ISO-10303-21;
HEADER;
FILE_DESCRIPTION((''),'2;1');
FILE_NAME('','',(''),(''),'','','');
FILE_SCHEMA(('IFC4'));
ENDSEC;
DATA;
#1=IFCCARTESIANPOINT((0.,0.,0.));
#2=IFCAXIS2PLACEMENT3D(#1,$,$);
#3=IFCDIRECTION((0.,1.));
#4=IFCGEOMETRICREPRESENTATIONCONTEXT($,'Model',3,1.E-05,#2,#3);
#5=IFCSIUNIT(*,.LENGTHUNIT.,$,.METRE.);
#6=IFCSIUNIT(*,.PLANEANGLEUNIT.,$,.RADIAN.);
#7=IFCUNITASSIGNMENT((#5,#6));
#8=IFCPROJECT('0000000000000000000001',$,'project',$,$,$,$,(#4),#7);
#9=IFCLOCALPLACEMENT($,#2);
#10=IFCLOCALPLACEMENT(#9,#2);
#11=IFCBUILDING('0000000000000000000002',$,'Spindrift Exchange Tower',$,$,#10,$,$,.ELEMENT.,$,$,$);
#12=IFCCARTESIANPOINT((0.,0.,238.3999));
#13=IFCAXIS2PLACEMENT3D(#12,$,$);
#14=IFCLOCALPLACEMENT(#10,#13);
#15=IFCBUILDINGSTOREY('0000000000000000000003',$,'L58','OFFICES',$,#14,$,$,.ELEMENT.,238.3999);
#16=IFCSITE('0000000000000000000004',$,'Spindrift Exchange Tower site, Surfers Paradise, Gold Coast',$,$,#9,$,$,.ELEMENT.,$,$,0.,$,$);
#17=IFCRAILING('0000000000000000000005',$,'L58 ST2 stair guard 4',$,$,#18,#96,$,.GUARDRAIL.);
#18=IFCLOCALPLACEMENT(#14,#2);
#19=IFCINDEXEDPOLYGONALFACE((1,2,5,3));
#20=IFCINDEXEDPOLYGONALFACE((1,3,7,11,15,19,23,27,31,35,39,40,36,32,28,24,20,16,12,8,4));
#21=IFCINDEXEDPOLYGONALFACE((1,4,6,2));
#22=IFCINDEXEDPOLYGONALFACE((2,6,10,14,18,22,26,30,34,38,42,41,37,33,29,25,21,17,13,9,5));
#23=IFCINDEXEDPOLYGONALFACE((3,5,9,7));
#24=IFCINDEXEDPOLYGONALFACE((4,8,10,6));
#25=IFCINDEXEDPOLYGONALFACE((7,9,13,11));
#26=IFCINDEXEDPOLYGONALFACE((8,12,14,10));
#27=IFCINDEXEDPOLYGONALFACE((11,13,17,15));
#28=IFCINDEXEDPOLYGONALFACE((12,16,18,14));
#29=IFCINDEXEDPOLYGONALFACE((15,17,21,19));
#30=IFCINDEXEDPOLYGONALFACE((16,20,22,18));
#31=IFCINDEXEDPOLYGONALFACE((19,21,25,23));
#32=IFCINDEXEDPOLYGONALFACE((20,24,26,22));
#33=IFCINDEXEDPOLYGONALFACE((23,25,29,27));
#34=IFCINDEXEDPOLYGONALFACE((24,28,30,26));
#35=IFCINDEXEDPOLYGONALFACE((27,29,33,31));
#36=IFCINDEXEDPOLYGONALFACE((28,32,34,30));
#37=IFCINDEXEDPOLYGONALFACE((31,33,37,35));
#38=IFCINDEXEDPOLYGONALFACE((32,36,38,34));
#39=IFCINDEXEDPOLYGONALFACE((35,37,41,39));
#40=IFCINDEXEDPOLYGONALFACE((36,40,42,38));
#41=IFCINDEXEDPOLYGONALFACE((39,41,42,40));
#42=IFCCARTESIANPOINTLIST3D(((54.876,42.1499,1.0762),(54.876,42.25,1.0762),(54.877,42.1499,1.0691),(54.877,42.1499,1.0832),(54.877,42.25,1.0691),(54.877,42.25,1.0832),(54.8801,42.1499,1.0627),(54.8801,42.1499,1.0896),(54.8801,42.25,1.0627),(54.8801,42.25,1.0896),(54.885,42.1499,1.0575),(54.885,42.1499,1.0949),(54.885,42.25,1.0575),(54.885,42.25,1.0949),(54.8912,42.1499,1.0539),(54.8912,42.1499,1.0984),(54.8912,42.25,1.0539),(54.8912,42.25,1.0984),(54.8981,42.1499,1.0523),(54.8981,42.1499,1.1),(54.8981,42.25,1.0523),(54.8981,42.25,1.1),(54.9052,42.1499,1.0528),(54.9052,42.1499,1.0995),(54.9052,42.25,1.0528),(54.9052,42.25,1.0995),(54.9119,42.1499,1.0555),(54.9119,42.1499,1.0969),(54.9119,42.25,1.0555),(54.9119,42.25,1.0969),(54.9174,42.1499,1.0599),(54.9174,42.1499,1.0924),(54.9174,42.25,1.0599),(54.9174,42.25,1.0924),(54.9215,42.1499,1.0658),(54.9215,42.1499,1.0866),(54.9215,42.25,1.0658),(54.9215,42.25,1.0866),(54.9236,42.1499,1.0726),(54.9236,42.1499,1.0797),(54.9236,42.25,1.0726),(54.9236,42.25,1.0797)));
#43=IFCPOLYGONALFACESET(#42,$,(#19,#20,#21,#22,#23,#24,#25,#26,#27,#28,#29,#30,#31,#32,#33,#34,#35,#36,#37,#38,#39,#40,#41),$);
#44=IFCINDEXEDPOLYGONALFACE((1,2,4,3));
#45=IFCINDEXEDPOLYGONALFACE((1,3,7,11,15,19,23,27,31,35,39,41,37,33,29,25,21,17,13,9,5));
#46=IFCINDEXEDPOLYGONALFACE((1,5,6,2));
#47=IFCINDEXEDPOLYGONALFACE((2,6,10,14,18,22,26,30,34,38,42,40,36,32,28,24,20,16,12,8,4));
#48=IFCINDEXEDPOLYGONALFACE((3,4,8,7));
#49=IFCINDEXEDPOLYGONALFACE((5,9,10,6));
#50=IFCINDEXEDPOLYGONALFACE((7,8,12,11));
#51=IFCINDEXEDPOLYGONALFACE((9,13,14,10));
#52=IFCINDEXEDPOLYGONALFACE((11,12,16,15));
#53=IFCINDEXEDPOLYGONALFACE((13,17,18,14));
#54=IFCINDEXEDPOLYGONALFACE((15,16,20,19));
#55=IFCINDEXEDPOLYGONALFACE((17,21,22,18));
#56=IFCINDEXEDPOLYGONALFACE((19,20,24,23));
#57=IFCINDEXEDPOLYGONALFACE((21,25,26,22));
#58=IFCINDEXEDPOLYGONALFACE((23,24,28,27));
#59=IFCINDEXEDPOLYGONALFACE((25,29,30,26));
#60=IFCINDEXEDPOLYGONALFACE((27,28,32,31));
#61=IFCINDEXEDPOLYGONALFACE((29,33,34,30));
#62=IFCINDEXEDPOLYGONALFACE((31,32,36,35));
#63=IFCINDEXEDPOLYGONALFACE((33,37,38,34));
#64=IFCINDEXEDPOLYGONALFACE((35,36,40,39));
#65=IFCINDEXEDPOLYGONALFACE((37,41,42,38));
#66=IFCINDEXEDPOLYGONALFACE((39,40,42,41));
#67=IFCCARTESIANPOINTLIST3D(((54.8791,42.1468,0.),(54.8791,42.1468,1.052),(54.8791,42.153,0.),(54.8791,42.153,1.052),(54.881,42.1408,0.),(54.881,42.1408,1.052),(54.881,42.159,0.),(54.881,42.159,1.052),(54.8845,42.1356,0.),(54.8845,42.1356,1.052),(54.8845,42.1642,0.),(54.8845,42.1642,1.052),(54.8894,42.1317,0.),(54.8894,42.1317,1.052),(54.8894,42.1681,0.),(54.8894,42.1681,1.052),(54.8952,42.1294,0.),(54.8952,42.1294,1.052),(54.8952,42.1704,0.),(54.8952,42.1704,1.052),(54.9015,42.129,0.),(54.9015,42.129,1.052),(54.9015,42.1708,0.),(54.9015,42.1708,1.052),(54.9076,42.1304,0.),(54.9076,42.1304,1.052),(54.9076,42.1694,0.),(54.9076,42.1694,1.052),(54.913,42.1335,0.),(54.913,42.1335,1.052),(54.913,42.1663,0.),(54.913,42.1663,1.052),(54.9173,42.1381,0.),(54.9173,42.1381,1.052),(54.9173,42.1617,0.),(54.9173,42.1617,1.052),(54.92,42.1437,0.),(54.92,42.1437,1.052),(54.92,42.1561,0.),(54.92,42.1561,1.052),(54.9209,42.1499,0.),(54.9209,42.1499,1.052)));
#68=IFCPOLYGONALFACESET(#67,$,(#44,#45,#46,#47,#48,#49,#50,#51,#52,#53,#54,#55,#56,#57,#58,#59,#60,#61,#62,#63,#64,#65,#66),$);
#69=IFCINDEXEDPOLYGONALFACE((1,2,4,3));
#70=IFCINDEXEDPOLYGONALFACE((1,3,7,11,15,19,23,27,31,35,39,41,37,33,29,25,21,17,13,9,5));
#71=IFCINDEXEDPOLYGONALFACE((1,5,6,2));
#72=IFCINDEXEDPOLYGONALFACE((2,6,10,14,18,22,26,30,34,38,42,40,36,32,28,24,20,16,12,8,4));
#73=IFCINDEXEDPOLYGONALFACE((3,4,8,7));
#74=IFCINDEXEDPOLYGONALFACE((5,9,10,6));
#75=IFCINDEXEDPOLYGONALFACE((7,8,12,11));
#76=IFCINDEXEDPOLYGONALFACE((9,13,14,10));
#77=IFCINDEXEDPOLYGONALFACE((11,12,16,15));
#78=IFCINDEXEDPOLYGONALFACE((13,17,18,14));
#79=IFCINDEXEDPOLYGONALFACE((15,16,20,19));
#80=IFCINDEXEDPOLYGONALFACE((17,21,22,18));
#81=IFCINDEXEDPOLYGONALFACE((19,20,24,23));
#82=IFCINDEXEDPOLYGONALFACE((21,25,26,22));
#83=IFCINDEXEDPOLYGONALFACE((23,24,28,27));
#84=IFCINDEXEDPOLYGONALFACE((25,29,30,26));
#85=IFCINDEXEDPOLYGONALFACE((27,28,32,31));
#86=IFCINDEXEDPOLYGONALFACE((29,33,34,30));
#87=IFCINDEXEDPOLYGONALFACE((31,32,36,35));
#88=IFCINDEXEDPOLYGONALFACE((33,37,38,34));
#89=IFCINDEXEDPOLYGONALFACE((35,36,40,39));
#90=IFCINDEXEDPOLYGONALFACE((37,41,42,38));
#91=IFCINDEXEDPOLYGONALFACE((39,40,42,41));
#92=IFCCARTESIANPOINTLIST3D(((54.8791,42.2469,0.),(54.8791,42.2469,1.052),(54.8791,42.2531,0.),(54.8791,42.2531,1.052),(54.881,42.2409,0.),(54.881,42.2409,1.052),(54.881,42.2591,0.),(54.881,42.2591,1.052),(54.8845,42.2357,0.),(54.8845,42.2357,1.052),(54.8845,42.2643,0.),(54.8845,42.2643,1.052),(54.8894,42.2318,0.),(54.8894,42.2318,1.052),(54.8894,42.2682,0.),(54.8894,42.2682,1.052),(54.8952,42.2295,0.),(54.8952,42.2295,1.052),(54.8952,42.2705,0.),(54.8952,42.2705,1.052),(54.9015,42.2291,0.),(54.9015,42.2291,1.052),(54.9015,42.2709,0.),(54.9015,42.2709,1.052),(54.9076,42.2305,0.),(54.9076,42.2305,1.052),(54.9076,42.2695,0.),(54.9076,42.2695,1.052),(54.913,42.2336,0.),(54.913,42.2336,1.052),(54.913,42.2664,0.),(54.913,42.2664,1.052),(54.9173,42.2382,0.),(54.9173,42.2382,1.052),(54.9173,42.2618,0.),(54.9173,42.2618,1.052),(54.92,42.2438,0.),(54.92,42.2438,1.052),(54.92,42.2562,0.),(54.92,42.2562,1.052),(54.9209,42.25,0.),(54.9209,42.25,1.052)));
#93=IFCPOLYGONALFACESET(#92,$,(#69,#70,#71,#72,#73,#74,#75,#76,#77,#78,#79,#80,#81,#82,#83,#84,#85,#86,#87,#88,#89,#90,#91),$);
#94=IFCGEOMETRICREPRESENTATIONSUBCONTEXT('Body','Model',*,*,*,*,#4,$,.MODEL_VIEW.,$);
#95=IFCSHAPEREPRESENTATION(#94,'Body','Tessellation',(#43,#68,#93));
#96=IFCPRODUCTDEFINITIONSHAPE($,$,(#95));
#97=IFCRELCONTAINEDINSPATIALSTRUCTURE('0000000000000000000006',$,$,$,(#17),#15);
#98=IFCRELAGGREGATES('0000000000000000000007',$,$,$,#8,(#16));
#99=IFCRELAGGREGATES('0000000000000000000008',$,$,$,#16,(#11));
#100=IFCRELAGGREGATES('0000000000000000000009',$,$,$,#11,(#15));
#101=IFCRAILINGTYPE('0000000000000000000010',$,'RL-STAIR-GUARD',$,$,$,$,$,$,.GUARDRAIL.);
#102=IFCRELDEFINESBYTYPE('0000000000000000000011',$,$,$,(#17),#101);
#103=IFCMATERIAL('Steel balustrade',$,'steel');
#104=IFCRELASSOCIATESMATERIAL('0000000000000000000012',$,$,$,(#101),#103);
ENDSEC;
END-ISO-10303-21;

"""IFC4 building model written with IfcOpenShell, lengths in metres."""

from ifc_helpers import new_model, si_unit, direction, frame, origin, origin_2d, place, context, subcontext, project, spatial, circle, extrude, material, type_object, element, save


model = new_model("IFC4")

# Units and contexts
model_context = context("Model", 3, precision=1e-05, world=origin(), true_north=direction((0.0, 1.0)))
body_context = subcontext(model_context, "Body", "Model", "MODEL_VIEW")
ifc_project = project(units=[si_unit("LENGTHUNIT", "METRE"), si_unit("PLANEANGLEUNIT", "RADIAN")], contexts=[model_context])

# Site, building, storey
site_placement = place(None, origin())
site = spatial("IfcSite", under=ifc_project, at=site_placement, Name="Spindrift Exchange Tower site, Surfers Paradise, Gold Coast", CompositionType="ELEMENT", RefElevation=0.0)
building_placement = place(site_placement, origin())
building = spatial("IfcBuilding", under=site, at=building_placement, Name="Spindrift Exchange Tower", CompositionType="ELEMENT")
storey_placement = place(building_placement, frame((0.0, 0.0, 238.3999)))
storey = spatial("IfcBuildingStorey", under=building, at=storey_placement, Name="L58", Description="OFFICES", CompositionType="ELEMENT", Elevation=238.3999)

# Railing
ifc_material_1 = material(Name="Steel balustrade", Category="steel")
railing_type_1 = type_object("IfcRailingType", Name="RL-STAIR-GUARD", PredefinedType="GUARDRAIL", material=ifc_material_1)
railing_1_placement = place(storey_placement, frame((54.8999, 42.1499, 0.0)))
element("IfcRailing", 1, at=railing_1_placement, inside=storey, type_object=railing_type_1, Name="L58 ST2 stair guard 4", PredefinedType="GUARDRAIL", context=body_context, shape_type="SweptSolid", body=[
    extrude(circle(Radius=0.0239, at=origin_2d()), frame((0.0, 0.0, 1.0762), z_axis=(0.0, 1.0, 0.0), x_axis=(-1.0, 0.0, 0.0)), (0.0, 0.0, 1.0), 0.1001),
    extrude(circle(Radius=0.021, at=origin_2d()), origin(), (0.0, 0.0, 1.0), 1.052),
    extrude(circle(Radius=0.021, at=origin_2d()), frame((0.0, 0.1001, 0.0)), (0.0, 0.0, 1.0), 1.052),
])

save(model, "model.ifc")
